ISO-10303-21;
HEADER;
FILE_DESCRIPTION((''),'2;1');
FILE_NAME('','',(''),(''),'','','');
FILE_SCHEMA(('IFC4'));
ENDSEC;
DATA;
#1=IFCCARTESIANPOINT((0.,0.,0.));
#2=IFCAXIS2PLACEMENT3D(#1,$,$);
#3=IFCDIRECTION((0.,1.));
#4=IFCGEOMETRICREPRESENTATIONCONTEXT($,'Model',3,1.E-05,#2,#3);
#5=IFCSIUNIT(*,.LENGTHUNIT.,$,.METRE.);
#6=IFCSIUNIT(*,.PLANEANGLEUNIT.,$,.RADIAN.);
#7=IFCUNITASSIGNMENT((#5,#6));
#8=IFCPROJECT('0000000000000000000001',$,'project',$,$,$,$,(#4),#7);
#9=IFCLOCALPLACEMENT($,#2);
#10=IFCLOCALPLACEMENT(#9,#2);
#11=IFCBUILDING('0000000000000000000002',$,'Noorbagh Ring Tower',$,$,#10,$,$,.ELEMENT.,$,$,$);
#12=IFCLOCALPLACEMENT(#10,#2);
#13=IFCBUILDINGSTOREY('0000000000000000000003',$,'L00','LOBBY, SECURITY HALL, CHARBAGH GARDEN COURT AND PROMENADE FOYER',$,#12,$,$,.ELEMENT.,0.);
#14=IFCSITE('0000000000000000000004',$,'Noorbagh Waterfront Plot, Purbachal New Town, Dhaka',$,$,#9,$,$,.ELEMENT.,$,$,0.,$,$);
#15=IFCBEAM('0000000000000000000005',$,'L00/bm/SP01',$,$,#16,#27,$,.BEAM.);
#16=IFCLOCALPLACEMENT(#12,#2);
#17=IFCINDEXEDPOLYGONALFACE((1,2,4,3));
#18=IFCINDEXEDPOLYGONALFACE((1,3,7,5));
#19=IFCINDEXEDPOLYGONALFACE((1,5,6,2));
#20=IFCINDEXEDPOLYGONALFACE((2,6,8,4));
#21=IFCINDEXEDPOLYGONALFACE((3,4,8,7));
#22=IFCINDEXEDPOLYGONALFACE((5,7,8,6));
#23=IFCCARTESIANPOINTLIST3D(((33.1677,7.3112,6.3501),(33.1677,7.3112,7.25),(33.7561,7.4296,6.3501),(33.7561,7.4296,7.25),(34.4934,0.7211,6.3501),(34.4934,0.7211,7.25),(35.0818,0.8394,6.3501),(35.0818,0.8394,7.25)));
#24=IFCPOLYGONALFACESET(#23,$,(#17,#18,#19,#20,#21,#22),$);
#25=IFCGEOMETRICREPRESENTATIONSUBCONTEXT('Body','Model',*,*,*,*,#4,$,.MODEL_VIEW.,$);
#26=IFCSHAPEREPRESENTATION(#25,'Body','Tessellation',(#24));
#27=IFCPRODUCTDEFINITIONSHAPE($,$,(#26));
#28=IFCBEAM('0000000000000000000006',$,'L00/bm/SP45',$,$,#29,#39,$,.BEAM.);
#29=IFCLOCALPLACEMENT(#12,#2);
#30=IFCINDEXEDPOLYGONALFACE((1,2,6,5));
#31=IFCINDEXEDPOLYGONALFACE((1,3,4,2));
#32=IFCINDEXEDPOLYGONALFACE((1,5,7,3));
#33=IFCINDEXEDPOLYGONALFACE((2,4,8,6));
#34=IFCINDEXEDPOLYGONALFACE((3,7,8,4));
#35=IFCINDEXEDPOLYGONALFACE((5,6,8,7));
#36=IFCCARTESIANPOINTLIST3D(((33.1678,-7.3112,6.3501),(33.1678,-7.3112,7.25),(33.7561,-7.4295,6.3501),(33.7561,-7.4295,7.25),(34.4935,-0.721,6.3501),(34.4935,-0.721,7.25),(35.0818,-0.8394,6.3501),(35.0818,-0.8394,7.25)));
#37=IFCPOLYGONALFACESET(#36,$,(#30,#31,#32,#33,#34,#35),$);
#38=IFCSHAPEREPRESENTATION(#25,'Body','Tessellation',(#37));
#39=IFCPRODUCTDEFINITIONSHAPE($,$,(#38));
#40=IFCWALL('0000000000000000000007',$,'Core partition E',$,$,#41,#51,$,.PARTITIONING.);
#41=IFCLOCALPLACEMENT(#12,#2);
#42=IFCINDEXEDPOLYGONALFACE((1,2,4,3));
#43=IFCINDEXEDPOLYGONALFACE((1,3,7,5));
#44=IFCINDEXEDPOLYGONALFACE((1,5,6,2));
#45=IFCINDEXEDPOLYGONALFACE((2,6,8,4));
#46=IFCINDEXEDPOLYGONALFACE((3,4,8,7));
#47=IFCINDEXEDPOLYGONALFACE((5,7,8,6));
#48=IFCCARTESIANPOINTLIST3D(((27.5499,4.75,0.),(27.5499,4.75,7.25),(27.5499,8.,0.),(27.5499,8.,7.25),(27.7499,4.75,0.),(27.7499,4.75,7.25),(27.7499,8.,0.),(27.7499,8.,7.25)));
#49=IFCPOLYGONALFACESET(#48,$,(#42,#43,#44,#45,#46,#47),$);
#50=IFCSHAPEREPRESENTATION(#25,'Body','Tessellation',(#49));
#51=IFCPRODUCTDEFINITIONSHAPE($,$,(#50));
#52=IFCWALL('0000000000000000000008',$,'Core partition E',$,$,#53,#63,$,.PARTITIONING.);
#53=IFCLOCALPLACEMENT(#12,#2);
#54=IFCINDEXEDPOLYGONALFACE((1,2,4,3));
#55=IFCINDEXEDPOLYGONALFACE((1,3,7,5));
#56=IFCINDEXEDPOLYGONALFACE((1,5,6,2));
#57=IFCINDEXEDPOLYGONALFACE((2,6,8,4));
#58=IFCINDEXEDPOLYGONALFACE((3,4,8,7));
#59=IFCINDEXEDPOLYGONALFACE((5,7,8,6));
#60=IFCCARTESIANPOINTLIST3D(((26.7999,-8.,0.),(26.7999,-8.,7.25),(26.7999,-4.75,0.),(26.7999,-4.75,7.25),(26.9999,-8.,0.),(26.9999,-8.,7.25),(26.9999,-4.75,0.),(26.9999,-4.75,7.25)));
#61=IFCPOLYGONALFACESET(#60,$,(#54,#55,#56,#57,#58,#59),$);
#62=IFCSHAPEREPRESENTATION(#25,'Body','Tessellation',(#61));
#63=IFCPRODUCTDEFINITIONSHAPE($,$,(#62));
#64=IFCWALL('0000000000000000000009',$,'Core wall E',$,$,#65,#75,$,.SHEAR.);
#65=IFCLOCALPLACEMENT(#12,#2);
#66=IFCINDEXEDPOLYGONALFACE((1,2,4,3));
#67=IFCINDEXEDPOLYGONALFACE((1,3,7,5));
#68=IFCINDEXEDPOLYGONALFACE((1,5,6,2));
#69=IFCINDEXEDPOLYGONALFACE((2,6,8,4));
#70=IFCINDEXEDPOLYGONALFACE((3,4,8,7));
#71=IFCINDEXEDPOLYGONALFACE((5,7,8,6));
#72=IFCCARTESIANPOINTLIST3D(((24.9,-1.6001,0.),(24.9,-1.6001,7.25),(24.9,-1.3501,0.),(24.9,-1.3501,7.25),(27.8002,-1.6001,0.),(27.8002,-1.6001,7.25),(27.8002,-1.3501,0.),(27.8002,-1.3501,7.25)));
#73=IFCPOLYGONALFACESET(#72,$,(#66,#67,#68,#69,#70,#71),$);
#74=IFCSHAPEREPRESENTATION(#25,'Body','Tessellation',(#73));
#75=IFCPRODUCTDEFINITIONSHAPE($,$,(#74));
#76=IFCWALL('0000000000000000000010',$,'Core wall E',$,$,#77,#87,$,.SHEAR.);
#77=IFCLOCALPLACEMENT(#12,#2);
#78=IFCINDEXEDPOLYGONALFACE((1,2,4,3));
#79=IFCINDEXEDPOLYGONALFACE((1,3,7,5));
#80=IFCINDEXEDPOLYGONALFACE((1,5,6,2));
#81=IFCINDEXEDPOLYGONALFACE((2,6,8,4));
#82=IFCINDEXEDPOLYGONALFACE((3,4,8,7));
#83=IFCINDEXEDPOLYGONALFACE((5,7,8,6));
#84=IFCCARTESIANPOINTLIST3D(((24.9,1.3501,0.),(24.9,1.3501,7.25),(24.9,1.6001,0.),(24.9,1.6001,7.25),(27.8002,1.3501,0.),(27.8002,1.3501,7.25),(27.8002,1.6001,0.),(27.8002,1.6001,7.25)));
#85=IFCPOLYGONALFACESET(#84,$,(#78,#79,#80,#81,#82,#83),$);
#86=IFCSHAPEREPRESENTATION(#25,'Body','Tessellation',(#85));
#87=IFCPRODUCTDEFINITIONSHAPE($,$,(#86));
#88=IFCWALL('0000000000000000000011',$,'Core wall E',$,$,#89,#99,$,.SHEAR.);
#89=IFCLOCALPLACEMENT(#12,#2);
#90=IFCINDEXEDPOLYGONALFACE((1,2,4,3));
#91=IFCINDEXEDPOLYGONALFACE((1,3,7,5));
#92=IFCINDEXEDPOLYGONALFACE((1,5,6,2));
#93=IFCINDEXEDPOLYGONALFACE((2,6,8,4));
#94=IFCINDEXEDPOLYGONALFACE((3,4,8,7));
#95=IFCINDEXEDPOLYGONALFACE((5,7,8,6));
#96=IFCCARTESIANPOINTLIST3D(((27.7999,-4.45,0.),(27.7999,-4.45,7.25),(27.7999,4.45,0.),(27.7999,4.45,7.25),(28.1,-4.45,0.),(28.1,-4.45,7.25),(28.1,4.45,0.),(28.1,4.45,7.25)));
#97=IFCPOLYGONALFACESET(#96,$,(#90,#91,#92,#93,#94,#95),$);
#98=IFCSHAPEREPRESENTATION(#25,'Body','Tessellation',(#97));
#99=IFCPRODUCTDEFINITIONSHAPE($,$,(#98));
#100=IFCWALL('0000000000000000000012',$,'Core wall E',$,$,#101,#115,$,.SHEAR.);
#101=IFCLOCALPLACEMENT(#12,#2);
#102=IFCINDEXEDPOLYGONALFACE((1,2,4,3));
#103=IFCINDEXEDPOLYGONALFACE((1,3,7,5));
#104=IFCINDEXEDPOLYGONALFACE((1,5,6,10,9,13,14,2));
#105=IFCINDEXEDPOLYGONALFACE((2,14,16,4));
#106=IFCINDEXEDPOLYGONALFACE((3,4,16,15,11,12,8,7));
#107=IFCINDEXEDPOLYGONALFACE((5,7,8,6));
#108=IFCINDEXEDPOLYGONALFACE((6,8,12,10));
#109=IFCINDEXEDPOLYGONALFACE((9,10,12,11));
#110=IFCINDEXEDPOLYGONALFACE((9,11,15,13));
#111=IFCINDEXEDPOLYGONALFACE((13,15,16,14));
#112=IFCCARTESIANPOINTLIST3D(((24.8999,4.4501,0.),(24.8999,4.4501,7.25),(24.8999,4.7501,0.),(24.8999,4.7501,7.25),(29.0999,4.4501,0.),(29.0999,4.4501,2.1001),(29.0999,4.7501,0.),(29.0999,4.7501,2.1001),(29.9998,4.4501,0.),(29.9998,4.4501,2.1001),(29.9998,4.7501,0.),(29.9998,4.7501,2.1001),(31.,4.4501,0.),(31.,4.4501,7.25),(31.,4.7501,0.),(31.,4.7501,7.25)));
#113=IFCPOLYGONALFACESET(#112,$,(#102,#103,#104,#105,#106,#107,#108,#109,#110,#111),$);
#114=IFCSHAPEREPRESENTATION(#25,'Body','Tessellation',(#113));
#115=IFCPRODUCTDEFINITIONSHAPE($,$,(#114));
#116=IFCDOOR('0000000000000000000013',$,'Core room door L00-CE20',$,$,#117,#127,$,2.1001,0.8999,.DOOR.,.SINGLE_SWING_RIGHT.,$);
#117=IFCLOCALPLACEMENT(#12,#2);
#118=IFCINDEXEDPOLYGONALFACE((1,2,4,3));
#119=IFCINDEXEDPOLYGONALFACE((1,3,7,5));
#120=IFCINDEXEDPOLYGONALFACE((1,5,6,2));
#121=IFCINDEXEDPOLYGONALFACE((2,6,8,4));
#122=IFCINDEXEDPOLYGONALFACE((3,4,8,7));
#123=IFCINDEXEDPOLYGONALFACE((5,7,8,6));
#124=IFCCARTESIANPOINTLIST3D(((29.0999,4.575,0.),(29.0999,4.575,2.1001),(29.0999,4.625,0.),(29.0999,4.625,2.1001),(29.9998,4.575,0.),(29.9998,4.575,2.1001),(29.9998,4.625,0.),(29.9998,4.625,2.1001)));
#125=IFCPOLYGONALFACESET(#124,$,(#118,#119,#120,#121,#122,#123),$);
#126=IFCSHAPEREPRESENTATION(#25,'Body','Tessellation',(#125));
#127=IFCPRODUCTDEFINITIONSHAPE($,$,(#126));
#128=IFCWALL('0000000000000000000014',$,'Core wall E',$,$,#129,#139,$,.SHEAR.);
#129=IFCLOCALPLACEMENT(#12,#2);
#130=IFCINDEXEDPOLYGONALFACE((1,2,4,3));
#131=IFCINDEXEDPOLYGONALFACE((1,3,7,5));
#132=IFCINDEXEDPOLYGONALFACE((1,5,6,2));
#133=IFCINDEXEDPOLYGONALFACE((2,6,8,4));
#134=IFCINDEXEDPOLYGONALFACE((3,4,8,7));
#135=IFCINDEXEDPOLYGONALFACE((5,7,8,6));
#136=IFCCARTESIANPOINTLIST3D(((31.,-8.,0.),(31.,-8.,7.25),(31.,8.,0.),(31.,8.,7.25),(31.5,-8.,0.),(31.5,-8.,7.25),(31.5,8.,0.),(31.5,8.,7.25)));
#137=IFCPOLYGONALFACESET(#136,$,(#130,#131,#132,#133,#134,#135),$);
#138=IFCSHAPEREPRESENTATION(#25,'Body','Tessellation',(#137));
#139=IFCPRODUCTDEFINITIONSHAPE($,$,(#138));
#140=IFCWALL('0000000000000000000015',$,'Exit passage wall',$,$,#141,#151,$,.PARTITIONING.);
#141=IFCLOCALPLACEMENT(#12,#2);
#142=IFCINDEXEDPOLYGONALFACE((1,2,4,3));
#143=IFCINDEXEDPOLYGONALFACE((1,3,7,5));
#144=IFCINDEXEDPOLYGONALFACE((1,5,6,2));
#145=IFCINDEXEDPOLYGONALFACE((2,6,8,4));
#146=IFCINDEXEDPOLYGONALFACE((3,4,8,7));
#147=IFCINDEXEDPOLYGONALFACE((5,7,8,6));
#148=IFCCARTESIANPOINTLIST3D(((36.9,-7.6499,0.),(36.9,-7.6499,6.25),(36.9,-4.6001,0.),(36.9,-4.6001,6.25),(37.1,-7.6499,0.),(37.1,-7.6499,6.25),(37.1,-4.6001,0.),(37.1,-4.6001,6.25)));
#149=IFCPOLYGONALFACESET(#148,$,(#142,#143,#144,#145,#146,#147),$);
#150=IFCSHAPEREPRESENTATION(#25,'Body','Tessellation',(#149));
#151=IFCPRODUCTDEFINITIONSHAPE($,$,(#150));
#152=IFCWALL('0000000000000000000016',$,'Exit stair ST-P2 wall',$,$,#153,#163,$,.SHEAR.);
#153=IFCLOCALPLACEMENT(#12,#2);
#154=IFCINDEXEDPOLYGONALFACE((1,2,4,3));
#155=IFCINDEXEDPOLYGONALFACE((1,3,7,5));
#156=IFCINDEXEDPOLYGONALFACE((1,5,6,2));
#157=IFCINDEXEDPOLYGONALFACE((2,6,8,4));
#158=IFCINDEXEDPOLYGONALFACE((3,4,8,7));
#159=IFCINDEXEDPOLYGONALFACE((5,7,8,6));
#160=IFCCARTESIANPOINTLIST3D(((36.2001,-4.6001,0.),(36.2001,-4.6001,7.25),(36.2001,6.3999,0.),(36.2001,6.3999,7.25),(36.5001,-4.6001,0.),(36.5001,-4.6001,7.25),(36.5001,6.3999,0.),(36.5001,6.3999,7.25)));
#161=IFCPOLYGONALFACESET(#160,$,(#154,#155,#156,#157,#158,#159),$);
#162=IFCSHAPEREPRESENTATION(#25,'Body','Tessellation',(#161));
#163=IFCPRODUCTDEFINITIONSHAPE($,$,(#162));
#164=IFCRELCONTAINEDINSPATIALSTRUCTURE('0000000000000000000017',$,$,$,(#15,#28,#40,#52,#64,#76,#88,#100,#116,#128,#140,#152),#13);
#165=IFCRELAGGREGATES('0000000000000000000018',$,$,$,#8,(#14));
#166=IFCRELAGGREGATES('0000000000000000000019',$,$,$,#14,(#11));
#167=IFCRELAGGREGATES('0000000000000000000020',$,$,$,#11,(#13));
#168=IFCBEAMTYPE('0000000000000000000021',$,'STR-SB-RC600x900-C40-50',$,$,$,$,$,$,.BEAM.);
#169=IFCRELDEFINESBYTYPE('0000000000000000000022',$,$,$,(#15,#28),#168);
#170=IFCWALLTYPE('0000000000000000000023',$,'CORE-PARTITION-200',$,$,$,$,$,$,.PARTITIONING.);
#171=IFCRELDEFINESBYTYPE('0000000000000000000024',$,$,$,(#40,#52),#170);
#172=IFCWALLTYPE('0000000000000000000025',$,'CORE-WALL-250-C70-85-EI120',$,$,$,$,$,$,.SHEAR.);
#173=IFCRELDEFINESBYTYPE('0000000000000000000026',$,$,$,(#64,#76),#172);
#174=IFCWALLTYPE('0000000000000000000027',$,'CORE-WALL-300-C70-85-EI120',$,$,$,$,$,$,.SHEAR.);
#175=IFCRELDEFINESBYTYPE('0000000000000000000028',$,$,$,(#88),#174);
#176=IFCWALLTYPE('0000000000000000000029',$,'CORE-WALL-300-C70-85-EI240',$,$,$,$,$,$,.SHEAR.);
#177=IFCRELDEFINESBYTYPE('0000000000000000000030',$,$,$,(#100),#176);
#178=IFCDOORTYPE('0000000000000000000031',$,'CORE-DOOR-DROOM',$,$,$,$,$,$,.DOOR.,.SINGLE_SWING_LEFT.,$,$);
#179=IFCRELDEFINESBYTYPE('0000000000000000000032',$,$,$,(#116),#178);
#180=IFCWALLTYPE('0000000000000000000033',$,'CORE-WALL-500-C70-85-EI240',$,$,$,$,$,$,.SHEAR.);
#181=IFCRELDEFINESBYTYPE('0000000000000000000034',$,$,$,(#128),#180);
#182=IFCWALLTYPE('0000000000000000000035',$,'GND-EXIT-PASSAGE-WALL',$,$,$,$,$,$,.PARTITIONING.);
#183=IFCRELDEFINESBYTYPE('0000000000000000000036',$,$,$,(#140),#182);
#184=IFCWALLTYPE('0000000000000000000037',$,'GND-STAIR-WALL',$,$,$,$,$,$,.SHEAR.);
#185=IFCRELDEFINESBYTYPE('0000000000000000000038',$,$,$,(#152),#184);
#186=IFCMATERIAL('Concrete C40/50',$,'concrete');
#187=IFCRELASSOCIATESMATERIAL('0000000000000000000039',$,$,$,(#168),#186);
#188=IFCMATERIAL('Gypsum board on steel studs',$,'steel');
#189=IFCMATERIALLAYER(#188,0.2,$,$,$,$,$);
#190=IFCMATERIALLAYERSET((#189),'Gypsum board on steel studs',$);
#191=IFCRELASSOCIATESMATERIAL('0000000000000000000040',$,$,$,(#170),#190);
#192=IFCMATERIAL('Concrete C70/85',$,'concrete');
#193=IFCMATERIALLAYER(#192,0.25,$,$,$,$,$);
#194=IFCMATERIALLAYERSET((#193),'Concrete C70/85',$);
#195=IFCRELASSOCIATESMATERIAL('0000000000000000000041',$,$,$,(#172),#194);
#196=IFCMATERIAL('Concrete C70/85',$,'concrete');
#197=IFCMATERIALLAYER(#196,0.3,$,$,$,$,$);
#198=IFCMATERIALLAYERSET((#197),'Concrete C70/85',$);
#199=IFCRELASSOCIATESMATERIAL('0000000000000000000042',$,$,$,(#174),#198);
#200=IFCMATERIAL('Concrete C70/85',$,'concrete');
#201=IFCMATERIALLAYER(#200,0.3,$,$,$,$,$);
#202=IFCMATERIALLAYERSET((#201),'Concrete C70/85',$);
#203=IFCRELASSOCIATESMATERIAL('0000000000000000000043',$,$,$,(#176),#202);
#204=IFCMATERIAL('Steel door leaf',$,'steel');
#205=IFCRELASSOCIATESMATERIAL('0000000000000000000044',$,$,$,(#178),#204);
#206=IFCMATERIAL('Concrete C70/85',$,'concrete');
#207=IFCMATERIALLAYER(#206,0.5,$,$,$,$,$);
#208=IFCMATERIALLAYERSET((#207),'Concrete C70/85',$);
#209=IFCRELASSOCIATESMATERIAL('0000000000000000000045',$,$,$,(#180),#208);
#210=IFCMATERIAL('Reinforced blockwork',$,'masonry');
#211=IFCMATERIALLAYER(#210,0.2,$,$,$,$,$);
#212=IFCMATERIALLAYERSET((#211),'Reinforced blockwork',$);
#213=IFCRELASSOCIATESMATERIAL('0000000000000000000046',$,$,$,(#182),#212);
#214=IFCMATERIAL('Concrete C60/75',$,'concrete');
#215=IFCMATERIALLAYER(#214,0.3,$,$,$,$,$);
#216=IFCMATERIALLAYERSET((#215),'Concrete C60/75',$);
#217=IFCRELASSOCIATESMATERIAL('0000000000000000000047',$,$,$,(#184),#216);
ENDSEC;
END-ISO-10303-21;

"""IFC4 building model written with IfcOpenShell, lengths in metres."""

from ifc_helpers import new_model, si_unit, direction, frame, frame_2d, origin, origin_2d, place, context, subcontext, project, spatial, rectangle, extrude, material, layer, layer_set, material_profile, profile_set, type_object, element, fill, save


model = new_model("IFC4")

# Units and contexts
model_context = context("Model", 3, precision=1e-05, world=origin(), true_north=direction((0.0, 1.0)))
body_context = subcontext(model_context, "Body", "Model", "MODEL_VIEW")
ifc_project = project(units=[si_unit("LENGTHUNIT", "METRE"), si_unit("PLANEANGLEUNIT", "RADIAN")], contexts=[model_context])

# Site, building, storey
site_placement = place(None, origin())
site = spatial("IfcSite", under=ifc_project, at=site_placement, Name="Noorbagh Waterfront Plot, Purbachal New Town, Dhaka", CompositionType="ELEMENT", RefElevation=0.0)
building_placement = place(site_placement, origin())
building = spatial("IfcBuilding", under=site, at=building_placement, Name="Noorbagh Ring Tower", CompositionType="ELEMENT")
storey_placement = place(building_placement, origin())
storey = spatial("IfcBuildingStorey", under=building, at=storey_placement, Name="L00", Description="LOBBY, SECURITY HALL, CHARBAGH GARDEN COURT AND PROMENADE FOYER", CompositionType="ELEMENT", Elevation=0.0)

# Beams
ifc_material_1 = material(Name="Concrete C40/50", Category="concrete")
ifc_material_profile_1 = material_profile(ifc_material_1, rectangle(XDim=0.6001, YDim=0.8999, at=origin_2d()), Name="RC600x900")
ifc_profile_set_1 = profile_set([ifc_material_profile_1], Name="Concrete C40/50")
beam_type_1 = type_object("IfcBeamType", Name="STR-SB-RC600x900-C40-50", PredefinedType="BEAM", material=ifc_profile_set_1)
for number, where, z_axis, x_axis, name in (
    (1, (34.7876, 0.7803, 6.8), (-0.197213, 0.980361, 0.0), (-0.980361, -0.197213, 0.0), "L00/bm/SP01"),
    (2, (33.4619, -7.3704, 6.8), (0.197213, 0.980361, 0.0), (-0.980361, 0.197213, 0.0), "L00/bm/SP45"),
):
    element("IfcBeam", number, at=place(storey_placement, frame(where, z_axis=z_axis, x_axis=x_axis)), inside=storey, type_object=beam_type_1, Name=name, PredefinedType="BEAM", context=body_context, shape_type="SweptSolid", body=[
        extrude(rectangle(XDim=0.6001, YDim=0.8999, at=origin_2d()), origin(), (0.0, 0.0, 1.0), 6.7222),
    ])

# Walls
ifc_material_2 = material(Name="Gypsum board on steel studs", Category="steel")
ifc_layer_1 = layer(ifc_material_2, 0.2)
ifc_layer_set_1 = layer_set([ifc_layer_1], Name="Gypsum board on steel studs")
wall_type_1 = type_object("IfcWallType", Name="CORE-PARTITION-200", PredefinedType="PARTITIONING", material=ifc_layer_set_1)
for number, where, z_axis, x_axis, name in (
    (3, (27.6499, 4.75, 0.0), (0.0, 0.0, 1.0), (0.0, 1.0, 0.0), "Core partition E"),
    (4, (26.8999, -8.0, 0.0), (0.0, 0.0, 1.0), (0.0, 1.0, 0.0), "Core partition E"),
):
    element("IfcWall", number, at=place(storey_placement, frame(where, z_axis=z_axis, x_axis=x_axis)), inside=storey, type_object=wall_type_1, Name=name, PredefinedType="PARTITIONING", context=body_context, shape_type="SweptSolid", body=[
        extrude(rectangle(XDim=3.25, YDim=0.2, at=frame_2d((1.625, 0.0))), origin(), (0.0, 0.0, 1.0), 7.25),
    ])
ifc_material_3 = material(Name="Concrete C70/85", Category="concrete")
ifc_layer_2 = layer(ifc_material_3, 0.25)
ifc_layer_set_2 = layer_set([ifc_layer_2], Name="Concrete C70/85")
wall_type_2 = type_object("IfcWallType", Name="CORE-WALL-250-C70-85-EI120", PredefinedType="SHEAR", material=ifc_layer_set_2)
for number, where, z_axis, x_axis, name in (
    (5, (24.8999, -1.4751, 0.0), (0.0, 0.0, 1.0), (1.0, 0.0, 0.0), "Core wall E"),
    (6, (24.8999, 1.4751, 0.0), (0.0, 0.0, 1.0), (1.0, 0.0, 0.0), "Core wall E"),
):
    element("IfcWall", number, at=place(storey_placement, frame(where, z_axis=z_axis, x_axis=x_axis)), inside=storey, type_object=wall_type_2, Name=name, PredefinedType="SHEAR", context=body_context, shape_type="SweptSolid", body=[
        extrude(rectangle(XDim=2.9001, YDim=0.25, at=frame_2d((1.4502, 0.0))), origin(), (0.0, 0.0, 1.0), 7.25),
    ])
ifc_material_4 = material(Name="Concrete C70/85", Category="concrete")
ifc_layer_3 = layer(ifc_material_4, 0.3)
ifc_layer_set_3 = layer_set([ifc_layer_3], Name="Concrete C70/85")
wall_type_3 = type_object("IfcWallType", Name="CORE-WALL-300-C70-85-EI120", PredefinedType="SHEAR", material=ifc_layer_set_3)
wall_1_placement = place(storey_placement, frame((27.95, -4.45, 0.0), z_axis=(0.0, 0.0, 1.0), x_axis=(0.0, 1.0, 0.0)))
element("IfcWall", 7, at=wall_1_placement, inside=storey, type_object=wall_type_3, Name="Core wall E", PredefinedType="SHEAR", context=body_context, shape_type="SweptSolid", body=[
    extrude(rectangle(XDim=8.8999, YDim=0.3, at=frame_2d((4.45, 0.0))), origin(), (0.0, 0.0, 1.0), 7.25),
])

# Wall, opening, door
ifc_material_5 = material(Name="Concrete C70/85", Category="concrete")
ifc_layer_4 = layer(ifc_material_5, 0.3)
ifc_layer_set_4 = layer_set([ifc_layer_4], Name="Concrete C70/85")
wall_type_4 = type_object("IfcWallType", Name="CORE-WALL-300-C70-85-EI240", PredefinedType="SHEAR", material=ifc_layer_set_4)
wall_2_placement = place(storey_placement, frame((24.8999, 4.6001, 0.0), z_axis=(0.0, 0.0, 1.0), x_axis=(1.0, 0.0, 0.0)))
wall_2 = element("IfcWall", 8, at=wall_2_placement, inside=storey, type_object=wall_type_4, Name="Core wall E", PredefinedType="SHEAR", context=body_context, shape_type="SweptSolid", body=[
    extrude(rectangle(XDim=6.1001, YDim=0.3, at=frame_2d((3.05, 0.0))), origin(), (0.0, 0.0, 1.0), 7.25),
])
opening_1_placement = place(wall_2_placement, frame((4.2, 0.0, 0.0)))
opening_1 = element("IfcOpeningElement", 9, at=opening_1_placement, cuts=wall_2, PredefinedType="OPENING", context=body_context, shape_type="SweptSolid", body=[
    extrude(rectangle(XDim=0.8999, YDim=2.1001, at=frame_2d((0.45, 1.05))), frame((0.0, 0.1602, 0.0), z_axis=(0.0, -1.0, 0.0), x_axis=(1.0, 0.0, 0.0)), (0.0, 0.0, 1.0), 0.3201),
])
ifc_material_6 = material(Name="Steel door leaf", Category="steel")
door_type_1 = type_object("IfcDoorType", Name="CORE-DOOR-DROOM", OperationType="SINGLE_SWING_LEFT", PredefinedType="DOOR", material=ifc_material_6)
door_1_placement = place(opening_1_placement, origin())
door_1 = element("IfcDoor", 10, at=door_1_placement, inside=storey, type_object=door_type_1, Name="Core room door L00-CE20", OperationType="SINGLE_SWING_RIGHT", OverallHeight=2.1001, OverallWidth=0.8999, PredefinedType="DOOR", context=body_context, shape_type="SweptSolid", body=[
    extrude(rectangle(XDim=0.8999, YDim=2.1001, at=frame_2d((0.45, 1.05))), frame((0.0, 0.0249, 0.0), z_axis=(0.0, -1.0, 0.0), x_axis=(1.0, 0.0, 0.0)), (0.0, 0.0, 1.0), 0.05),
])
fill(opening_1, door_1)

# Walls
ifc_material_7 = material(Name="Concrete C70/85", Category="concrete")
ifc_layer_5 = layer(ifc_material_7, 0.5)
ifc_layer_set_5 = layer_set([ifc_layer_5], Name="Concrete C70/85")
wall_type_5 = type_object("IfcWallType", Name="CORE-WALL-500-C70-85-EI240", PredefinedType="SHEAR", material=ifc_layer_set_5)
wall_3_placement = place(storey_placement, frame((31.25, -8.0, 0.0), z_axis=(0.0, 0.0, 1.0), x_axis=(0.0, 1.0, 0.0)))
element("IfcWall", 11, at=wall_3_placement, inside=storey, type_object=wall_type_5, Name="Core wall E", PredefinedType="SHEAR", context=body_context, shape_type="SweptSolid", body=[
    extrude(rectangle(XDim=16.0, YDim=0.5, at=frame_2d((8.0, 0.0))), origin(), (0.0, 0.0, 1.0), 7.25),
])
ifc_material_8 = material(Name="Reinforced blockwork", Category="masonry")
ifc_layer_6 = layer(ifc_material_8, 0.2)
ifc_layer_set_6 = layer_set([ifc_layer_6], Name="Reinforced blockwork")
wall_type_6 = type_object("IfcWallType", Name="GND-EXIT-PASSAGE-WALL", PredefinedType="PARTITIONING", material=ifc_layer_set_6)
wall_4_placement = place(storey_placement, frame((37.0, -7.6499, 0.0), z_axis=(0.0, 0.0, 1.0), x_axis=(0.0, 1.0, 0.0)))
element("IfcWall", 12, at=wall_4_placement, inside=storey, type_object=wall_type_6, Name="Exit passage wall", PredefinedType="PARTITIONING", context=body_context, shape_type="SweptSolid", body=[
    extrude(rectangle(XDim=3.0498, YDim=0.2, at=frame_2d((1.5249, 0.0))), origin(), (0.0, 0.0, 1.0), 6.25),
])
ifc_material_9 = material(Name="Concrete C60/75", Category="concrete")
ifc_layer_7 = layer(ifc_material_9, 0.3)
ifc_layer_set_7 = layer_set([ifc_layer_7], Name="Concrete C60/75")
wall_type_7 = type_object("IfcWallType", Name="GND-STAIR-WALL", PredefinedType="SHEAR", material=ifc_layer_set_7)
wall_5_placement = place(storey_placement, frame((36.3501, -4.6001, 0.0), z_axis=(0.0, 0.0, 1.0), x_axis=(0.0, 1.0, 0.0)))
element("IfcWall", 13, at=wall_5_placement, inside=storey, type_object=wall_type_7, Name="Exit stair ST-P2 wall", PredefinedType="SHEAR", context=body_context, shape_type="SweptSolid", body=[
    extrude(rectangle(XDim=11.0, YDim=0.3, at=frame_2d((5.5, 0.0))), origin(), (0.0, 0.0, 1.0), 7.25),
])

save(model, "model.ifc")
